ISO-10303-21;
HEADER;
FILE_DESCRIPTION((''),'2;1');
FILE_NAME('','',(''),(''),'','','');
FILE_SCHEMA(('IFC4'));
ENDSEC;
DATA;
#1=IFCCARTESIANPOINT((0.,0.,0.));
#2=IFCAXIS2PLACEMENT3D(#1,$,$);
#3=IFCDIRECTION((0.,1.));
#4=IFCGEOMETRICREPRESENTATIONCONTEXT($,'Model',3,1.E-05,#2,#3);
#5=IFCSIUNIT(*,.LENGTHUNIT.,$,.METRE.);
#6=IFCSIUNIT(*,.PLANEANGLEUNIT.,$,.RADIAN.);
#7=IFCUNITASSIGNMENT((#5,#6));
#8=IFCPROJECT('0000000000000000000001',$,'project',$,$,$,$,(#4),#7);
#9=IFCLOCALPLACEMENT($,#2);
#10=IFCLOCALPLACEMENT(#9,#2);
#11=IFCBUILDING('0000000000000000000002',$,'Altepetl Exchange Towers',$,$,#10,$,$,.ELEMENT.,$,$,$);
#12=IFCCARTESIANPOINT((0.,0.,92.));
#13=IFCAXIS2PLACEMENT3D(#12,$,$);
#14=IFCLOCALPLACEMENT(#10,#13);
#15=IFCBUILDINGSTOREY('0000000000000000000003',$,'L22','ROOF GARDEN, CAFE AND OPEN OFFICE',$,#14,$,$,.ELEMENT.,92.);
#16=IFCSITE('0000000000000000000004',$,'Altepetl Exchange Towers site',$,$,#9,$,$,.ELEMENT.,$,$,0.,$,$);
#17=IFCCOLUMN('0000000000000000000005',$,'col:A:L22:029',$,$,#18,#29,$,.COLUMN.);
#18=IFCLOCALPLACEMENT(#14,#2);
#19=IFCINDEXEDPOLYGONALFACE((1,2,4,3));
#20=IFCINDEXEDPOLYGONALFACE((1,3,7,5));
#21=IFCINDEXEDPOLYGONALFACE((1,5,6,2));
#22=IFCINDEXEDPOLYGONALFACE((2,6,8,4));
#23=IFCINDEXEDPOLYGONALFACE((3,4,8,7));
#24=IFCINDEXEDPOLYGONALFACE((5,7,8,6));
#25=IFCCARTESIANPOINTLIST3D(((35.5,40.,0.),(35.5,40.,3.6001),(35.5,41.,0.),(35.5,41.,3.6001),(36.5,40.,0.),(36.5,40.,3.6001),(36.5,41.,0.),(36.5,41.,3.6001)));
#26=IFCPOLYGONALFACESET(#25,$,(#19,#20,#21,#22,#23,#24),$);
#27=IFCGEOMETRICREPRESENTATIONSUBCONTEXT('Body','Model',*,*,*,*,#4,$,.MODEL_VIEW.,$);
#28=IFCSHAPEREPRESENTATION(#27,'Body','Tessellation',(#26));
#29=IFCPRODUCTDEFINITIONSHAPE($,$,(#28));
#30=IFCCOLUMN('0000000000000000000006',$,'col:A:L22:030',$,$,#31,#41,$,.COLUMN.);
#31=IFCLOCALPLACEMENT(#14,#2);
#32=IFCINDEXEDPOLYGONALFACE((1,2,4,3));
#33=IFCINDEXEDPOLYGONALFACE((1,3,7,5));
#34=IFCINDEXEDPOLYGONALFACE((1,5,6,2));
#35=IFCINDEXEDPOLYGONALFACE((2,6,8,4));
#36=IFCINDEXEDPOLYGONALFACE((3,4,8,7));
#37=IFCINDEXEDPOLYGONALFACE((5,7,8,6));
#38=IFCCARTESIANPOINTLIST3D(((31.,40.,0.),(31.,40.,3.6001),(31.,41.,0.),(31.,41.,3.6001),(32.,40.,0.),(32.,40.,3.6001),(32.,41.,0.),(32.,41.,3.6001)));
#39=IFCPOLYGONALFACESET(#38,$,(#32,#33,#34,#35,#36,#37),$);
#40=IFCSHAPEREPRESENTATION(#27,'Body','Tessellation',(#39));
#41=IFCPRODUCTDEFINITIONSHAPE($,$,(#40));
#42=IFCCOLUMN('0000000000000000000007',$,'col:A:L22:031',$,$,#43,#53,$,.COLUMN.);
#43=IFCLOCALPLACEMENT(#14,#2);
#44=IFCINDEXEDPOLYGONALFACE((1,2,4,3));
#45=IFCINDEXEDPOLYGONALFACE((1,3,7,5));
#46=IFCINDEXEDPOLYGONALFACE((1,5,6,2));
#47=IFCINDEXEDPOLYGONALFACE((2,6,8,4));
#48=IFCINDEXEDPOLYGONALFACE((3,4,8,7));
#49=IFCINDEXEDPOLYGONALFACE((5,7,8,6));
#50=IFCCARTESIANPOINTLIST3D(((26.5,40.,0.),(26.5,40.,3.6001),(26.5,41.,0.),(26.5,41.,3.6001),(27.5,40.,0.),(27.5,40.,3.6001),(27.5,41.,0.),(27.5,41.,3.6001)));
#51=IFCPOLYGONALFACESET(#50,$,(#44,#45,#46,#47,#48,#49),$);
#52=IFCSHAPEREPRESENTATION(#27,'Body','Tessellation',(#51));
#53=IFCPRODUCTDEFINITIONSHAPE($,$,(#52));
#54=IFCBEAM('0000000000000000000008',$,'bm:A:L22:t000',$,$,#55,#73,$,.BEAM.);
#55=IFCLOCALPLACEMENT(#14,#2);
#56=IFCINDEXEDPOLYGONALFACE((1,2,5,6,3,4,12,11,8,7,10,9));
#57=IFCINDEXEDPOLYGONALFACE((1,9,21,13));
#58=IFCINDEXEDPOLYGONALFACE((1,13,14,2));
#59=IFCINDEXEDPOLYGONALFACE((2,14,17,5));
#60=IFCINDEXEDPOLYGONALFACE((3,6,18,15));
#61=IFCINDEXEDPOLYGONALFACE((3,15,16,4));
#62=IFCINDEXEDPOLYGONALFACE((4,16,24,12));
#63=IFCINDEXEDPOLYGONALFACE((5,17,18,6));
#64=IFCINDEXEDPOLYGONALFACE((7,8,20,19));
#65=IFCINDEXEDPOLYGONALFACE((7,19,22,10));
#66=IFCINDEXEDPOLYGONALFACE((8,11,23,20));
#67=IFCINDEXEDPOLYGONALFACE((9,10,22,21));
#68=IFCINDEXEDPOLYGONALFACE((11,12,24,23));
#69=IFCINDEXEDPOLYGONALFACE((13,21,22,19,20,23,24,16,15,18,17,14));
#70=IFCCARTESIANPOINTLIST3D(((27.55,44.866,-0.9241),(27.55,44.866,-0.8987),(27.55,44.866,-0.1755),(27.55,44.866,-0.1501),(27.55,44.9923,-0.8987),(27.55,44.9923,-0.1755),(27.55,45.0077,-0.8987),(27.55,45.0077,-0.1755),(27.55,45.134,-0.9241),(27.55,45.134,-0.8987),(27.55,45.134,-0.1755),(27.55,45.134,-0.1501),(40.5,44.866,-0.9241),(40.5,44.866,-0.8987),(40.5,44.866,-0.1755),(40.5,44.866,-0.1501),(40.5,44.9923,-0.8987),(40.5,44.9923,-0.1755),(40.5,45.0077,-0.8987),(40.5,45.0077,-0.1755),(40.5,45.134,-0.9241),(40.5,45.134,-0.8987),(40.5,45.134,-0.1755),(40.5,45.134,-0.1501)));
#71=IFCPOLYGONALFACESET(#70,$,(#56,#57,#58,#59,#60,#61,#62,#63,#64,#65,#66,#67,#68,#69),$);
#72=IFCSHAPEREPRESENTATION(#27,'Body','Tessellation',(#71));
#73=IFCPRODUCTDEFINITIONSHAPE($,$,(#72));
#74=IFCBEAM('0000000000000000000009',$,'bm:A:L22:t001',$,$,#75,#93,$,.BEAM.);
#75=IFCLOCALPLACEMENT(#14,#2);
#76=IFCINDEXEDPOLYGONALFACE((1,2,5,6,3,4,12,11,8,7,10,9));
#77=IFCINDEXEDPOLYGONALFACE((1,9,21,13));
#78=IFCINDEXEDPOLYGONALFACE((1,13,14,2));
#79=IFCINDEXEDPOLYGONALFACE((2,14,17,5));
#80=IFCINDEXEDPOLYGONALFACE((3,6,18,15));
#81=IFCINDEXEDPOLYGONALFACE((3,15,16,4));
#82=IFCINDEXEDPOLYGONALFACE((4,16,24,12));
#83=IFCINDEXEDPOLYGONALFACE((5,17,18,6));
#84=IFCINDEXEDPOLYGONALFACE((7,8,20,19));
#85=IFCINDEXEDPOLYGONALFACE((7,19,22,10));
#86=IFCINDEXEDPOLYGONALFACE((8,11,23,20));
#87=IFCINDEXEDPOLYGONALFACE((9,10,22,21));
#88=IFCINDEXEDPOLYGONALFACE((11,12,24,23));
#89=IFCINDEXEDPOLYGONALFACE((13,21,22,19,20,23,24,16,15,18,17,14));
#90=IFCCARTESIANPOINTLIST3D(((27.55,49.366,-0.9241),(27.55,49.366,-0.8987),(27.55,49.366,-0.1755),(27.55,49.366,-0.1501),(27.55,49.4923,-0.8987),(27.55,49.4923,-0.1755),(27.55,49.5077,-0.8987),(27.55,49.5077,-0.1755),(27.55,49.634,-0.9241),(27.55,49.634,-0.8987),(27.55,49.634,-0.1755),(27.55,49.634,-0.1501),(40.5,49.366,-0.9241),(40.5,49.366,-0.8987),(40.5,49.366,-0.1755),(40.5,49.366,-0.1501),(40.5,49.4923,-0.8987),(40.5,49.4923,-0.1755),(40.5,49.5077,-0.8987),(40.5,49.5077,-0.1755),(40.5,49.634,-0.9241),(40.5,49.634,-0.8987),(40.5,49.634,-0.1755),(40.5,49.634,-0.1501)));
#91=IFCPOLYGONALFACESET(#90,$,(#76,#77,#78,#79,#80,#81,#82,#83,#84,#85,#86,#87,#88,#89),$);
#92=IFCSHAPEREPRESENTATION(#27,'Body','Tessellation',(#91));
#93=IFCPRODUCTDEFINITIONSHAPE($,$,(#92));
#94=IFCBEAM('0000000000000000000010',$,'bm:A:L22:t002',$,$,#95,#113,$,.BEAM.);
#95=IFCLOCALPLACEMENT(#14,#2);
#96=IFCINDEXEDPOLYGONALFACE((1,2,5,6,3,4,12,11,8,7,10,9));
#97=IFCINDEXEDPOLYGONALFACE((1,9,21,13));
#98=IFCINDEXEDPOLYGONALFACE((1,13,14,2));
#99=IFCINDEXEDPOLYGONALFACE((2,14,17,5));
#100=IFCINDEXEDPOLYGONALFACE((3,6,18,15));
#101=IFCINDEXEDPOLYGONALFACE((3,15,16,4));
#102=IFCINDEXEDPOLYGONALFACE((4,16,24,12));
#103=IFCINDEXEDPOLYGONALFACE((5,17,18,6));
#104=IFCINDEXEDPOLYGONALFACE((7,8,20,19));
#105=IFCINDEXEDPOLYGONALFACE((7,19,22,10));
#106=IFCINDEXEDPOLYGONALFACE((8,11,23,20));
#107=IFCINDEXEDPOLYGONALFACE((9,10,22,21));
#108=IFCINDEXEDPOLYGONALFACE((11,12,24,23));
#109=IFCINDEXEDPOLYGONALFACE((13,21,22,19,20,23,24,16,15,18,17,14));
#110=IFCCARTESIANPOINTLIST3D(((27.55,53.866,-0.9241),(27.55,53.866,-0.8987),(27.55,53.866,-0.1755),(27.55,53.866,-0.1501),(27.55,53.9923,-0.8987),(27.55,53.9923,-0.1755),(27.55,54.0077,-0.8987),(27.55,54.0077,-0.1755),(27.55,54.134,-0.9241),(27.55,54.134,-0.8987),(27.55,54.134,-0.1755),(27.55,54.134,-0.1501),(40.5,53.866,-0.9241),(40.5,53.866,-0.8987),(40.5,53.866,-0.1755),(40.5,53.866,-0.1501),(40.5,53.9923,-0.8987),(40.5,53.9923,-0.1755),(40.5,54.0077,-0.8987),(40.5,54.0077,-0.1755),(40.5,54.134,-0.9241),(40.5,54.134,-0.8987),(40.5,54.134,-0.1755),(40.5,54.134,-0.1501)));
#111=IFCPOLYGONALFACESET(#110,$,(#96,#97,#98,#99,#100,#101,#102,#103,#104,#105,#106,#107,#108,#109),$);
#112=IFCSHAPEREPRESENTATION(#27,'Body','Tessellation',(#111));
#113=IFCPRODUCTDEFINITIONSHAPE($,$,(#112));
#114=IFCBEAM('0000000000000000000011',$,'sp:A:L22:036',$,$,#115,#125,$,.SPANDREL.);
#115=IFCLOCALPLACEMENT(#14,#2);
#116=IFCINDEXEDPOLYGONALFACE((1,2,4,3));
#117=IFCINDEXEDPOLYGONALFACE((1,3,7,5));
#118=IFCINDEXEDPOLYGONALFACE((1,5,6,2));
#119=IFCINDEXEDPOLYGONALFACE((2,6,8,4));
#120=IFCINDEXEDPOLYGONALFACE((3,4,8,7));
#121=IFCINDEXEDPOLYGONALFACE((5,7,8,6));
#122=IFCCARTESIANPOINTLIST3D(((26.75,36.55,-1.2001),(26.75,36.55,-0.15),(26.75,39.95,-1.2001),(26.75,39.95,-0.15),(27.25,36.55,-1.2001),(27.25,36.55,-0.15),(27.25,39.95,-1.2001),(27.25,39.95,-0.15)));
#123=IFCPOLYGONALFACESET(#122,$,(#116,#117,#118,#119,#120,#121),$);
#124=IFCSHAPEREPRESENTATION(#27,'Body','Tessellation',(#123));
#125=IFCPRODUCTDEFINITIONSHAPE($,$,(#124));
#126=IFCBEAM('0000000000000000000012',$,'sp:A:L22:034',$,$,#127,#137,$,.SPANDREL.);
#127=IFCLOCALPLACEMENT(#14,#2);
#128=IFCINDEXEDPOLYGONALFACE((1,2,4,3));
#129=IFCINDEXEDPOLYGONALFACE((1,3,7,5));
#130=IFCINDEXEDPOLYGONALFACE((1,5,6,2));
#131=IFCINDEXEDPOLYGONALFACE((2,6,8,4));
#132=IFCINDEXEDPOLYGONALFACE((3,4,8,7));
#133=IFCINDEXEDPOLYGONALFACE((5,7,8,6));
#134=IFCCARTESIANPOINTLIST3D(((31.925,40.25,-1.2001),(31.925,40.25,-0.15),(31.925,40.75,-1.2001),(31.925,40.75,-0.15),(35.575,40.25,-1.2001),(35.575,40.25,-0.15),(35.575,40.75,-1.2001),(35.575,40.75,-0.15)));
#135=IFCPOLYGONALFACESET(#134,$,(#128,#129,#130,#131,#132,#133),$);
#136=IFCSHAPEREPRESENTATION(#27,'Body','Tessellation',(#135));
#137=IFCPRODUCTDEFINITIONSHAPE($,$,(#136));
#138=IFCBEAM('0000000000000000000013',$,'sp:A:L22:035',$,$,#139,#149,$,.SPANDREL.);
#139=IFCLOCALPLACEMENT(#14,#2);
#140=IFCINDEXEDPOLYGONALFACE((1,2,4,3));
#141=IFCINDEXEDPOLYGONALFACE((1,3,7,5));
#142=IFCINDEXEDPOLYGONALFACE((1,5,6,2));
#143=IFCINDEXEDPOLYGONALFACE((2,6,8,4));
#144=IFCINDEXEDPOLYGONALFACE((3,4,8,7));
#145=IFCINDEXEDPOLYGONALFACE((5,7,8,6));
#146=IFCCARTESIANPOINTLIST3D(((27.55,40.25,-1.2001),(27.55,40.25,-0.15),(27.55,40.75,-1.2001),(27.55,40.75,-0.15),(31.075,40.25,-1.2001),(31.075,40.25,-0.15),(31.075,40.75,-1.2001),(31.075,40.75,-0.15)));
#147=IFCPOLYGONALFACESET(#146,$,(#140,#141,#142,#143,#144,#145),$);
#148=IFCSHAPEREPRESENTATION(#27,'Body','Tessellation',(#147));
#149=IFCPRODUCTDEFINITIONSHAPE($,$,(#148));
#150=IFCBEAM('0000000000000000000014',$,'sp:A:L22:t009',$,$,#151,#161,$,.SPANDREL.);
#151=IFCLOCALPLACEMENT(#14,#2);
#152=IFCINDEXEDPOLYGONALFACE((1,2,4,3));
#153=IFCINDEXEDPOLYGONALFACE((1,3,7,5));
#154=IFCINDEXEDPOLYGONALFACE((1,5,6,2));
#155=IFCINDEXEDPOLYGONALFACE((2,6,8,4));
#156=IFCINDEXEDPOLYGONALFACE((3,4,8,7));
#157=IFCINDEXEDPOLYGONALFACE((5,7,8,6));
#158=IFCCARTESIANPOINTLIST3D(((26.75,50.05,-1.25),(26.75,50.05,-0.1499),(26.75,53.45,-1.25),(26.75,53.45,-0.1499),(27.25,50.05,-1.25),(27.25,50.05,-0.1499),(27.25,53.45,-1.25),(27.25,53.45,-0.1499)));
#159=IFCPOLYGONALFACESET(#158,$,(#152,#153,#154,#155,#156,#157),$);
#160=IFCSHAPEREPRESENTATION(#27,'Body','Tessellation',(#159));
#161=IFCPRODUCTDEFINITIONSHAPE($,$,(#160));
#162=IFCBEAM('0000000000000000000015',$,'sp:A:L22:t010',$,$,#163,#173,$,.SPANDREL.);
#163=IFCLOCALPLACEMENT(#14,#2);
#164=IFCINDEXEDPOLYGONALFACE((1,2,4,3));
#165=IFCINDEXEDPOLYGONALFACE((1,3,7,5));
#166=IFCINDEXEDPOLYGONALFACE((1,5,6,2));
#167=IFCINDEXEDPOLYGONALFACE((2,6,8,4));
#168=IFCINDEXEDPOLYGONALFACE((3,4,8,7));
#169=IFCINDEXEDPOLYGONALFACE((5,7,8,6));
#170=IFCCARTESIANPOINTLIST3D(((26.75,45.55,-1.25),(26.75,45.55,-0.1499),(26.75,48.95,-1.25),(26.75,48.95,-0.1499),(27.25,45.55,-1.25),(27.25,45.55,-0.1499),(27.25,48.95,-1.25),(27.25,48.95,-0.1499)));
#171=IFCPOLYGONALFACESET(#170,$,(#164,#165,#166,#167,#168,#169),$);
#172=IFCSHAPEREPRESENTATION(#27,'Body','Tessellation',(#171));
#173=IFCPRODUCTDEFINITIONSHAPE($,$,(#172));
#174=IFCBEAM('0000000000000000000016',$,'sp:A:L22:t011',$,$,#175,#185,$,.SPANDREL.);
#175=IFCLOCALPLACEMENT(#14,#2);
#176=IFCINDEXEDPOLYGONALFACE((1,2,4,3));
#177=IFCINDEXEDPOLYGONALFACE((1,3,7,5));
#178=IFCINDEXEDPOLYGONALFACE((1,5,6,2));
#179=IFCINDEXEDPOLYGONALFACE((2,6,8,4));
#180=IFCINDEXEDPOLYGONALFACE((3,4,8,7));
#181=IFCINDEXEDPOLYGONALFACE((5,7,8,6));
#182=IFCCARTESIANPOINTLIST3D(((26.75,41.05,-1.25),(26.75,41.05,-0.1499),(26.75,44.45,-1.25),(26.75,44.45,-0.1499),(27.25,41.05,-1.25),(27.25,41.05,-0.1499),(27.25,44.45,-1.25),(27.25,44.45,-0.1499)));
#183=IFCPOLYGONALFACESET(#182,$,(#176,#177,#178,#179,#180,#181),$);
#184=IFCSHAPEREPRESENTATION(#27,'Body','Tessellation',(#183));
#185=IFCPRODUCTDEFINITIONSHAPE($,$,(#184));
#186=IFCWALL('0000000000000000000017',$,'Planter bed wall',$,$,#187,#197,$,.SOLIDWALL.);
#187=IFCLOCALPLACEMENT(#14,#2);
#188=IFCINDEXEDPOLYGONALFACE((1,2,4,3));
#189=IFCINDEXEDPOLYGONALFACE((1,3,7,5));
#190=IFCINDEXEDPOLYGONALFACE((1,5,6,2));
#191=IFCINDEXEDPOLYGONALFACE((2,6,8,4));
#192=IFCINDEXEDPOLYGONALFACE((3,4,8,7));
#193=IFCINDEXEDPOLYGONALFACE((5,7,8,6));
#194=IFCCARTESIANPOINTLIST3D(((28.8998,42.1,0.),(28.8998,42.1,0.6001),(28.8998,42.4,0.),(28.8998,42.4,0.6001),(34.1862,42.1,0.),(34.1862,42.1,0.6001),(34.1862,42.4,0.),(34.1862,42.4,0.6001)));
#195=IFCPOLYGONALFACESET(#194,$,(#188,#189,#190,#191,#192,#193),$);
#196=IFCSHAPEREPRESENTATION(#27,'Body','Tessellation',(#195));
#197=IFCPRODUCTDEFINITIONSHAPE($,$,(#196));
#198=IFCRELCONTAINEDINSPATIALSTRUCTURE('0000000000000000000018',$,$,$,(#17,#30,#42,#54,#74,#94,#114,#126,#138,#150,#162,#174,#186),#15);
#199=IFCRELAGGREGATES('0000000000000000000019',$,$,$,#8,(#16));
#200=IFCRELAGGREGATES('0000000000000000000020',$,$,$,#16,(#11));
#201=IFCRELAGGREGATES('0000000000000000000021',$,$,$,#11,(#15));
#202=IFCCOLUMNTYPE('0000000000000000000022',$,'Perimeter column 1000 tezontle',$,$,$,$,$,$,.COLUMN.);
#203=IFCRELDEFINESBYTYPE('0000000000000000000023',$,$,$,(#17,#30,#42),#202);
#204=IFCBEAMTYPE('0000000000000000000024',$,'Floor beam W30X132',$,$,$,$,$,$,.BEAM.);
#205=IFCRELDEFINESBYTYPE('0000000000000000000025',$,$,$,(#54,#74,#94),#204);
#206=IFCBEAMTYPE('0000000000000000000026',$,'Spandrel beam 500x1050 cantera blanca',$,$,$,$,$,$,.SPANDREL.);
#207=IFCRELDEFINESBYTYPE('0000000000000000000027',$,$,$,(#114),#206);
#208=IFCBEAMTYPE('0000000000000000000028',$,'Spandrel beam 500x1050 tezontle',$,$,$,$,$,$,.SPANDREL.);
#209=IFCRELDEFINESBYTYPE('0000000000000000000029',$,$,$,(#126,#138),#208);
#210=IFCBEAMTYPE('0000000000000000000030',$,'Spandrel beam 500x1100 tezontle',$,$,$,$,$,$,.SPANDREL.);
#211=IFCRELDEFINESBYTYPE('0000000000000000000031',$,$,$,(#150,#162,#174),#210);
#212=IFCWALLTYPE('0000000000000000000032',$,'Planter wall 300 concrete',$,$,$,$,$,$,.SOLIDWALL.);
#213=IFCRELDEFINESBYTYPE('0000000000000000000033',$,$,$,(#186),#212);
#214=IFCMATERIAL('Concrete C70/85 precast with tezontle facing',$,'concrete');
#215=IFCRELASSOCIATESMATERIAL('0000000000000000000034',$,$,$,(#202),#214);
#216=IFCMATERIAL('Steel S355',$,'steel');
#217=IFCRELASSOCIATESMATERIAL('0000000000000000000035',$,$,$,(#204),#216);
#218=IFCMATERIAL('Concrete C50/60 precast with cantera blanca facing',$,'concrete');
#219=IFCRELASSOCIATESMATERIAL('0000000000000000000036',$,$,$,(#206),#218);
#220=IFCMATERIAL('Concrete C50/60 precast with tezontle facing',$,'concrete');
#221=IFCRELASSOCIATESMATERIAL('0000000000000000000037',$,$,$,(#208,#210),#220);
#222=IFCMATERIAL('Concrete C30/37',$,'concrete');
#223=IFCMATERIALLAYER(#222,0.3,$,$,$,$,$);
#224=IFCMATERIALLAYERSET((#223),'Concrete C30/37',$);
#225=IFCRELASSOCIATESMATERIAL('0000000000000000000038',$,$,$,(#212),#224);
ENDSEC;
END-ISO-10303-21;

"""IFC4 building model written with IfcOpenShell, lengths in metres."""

from ifc_helpers import new_model, si_unit, direction, frame, frame_2d, origin, origin_2d, place, context, subcontext, project, spatial, rectangle, i_section, extrude, material, layer, layer_set, material_profile, profile_set, type_object, element, save


model = new_model("IFC4")

# Units and contexts
model_context = context("Model", 3, precision=1e-05, world=origin(), true_north=direction((0.0, 1.0)))
body_context = subcontext(model_context, "Body", "Model", "MODEL_VIEW")
ifc_project = project(units=[si_unit("LENGTHUNIT", "METRE"), si_unit("PLANEANGLEUNIT", "RADIAN")], contexts=[model_context])

# Site, building, storey
site_placement = place(None, origin())
site = spatial("IfcSite", under=ifc_project, at=site_placement, Name="Altepetl Exchange Towers site", CompositionType="ELEMENT", RefElevation=0.0)
building_placement = place(site_placement, origin())
building = spatial("IfcBuilding", under=site, at=building_placement, Name="Altepetl Exchange Towers", CompositionType="ELEMENT")
storey_placement = place(building_placement, frame((0.0, 0.0, 92.0)))
storey = spatial("IfcBuildingStorey", under=building, at=storey_placement, Name="L22", Description="ROOF GARDEN, CAFE AND OPEN OFFICE", CompositionType="ELEMENT", Elevation=92.0)

# Columns
ifc_material_1 = material(Name="Concrete C70/85 precast with tezontle facing", Category="concrete")
ifc_material_profile_1 = material_profile(ifc_material_1, rectangle(XDim=1.0, YDim=1.0, at=origin_2d()), Name="1000 x 1000")
ifc_profile_set_1 = profile_set([ifc_material_profile_1], Name="Concrete C70/85 precast with tezontle facing")
column_type = type_object("IfcColumnType", Name="Perimeter column 1000 tezontle", PredefinedType="COLUMN", material=ifc_profile_set_1)
for number, where, name in (
    (1, (36.0, 40.5, 0.0), "col:A:L22:029"),
    (2, (31.5, 40.5, 0.0), "col:A:L22:030"),
    (3, (27.0, 40.5, 0.0), "col:A:L22:031"),
):
    element("IfcColumn", number, at=place(storey_placement, frame(where)), inside=storey, type_object=column_type, Name=name, PredefinedType="COLUMN", context=body_context, shape_type="SweptSolid", body=[
        extrude(rectangle(XDim=1.0, YDim=1.0, at=origin_2d()), origin(), (0.0, 0.0, 1.0), 3.6001),
    ])

# Beams
ifc_material_2 = material(Name="Steel S355", Category="steel")
ifc_material_profile_2 = material_profile(ifc_material_2, i_section(OverallWidth=0.2681, OverallDepth=0.7739, WebThickness=0.0154, FlangeThickness=0.0254, at=origin_2d()), Name="W30X132")
ifc_profile_set_2 = profile_set([ifc_material_profile_2], Name="Steel S355")
beam_type_1 = type_object("IfcBeamType", Name="Floor beam W30X132", PredefinedType="BEAM", material=ifc_profile_set_2)
for number, where, z_axis, x_axis, name in (
    (4, (27.55, 45.0, -0.5371), (1.0, 0.0, 0.0), (0.0, 1.0, 0.0), "bm:A:L22:t000"),
    (5, (27.55, 49.5, -0.5371), (1.0, 0.0, 0.0), (0.0, 1.0, 0.0), "bm:A:L22:t001"),
    (6, (27.55, 54.0, -0.5371), (1.0, 0.0, 0.0), (0.0, 1.0, 0.0), "bm:A:L22:t002"),
):
    element("IfcBeam", number, at=place(storey_placement, frame(where, z_axis=z_axis, x_axis=x_axis)), inside=storey, type_object=beam_type_1, Name=name, PredefinedType="BEAM", context=body_context, shape_type="SweptSolid", body=[
        extrude(i_section(OverallWidth=0.2681, OverallDepth=0.7739, WebThickness=0.0154, FlangeThickness=0.0254, at=origin_2d()), origin(), (0.0, 0.0, 1.0), 12.95),
    ])
ifc_material_3 = material(Name="Concrete C50/60 precast with cantera blanca facing", Category="concrete")
ifc_material_profile_3 = material_profile(ifc_material_3, rectangle(XDim=0.5, YDim=1.05, at=origin_2d()), Name="500 x 1050")
ifc_profile_set_3 = profile_set([ifc_material_profile_3], Name="Concrete C50/60 precast with cantera blanca facing")
beam_type_2 = type_object("IfcBeamType", Name="Spandrel beam 500x1050 cantera blanca", PredefinedType="SPANDREL", material=ifc_profile_set_3)
beam_1_placement = place(storey_placement, frame((27.0, 39.95, -0.675), z_axis=(0.0, -1.0, 0.0), x_axis=(1.0, 0.0, 0.0)))
element("IfcBeam", 7, at=beam_1_placement, inside=storey, type_object=beam_type_2, Name="sp:A:L22:036", PredefinedType="SPANDREL", context=body_context, shape_type="SweptSolid", body=[
    extrude(rectangle(XDim=0.5, YDim=1.05, at=origin_2d()), origin(), (0.0, 0.0, 1.0), 3.3999),
])
ifc_material_4 = material(Name="Concrete C50/60 precast with tezontle facing", Category="concrete")
ifc_material_profile_4 = material_profile(ifc_material_4, rectangle(XDim=0.5, YDim=1.05, at=origin_2d()), Name="500 x 1050")
ifc_profile_set_4 = profile_set([ifc_material_profile_4], Name="Concrete C50/60 precast with tezontle facing")
beam_type_3 = type_object("IfcBeamType", Name="Spandrel beam 500x1050 tezontle", PredefinedType="SPANDREL", material=ifc_profile_set_4)
beam_2_placement = place(storey_placement, frame((35.575, 40.5, -0.675), z_axis=(-1.0, 0.0, 0.0), x_axis=(0.0, -1.0, 0.0)))
element("IfcBeam", 8, at=beam_2_placement, inside=storey, type_object=beam_type_3, Name="sp:A:L22:034", PredefinedType="SPANDREL", context=body_context, shape_type="SweptSolid", body=[
    extrude(rectangle(XDim=0.5, YDim=1.05, at=origin_2d()), origin(), (0.0, 0.0, 1.0), 3.6499),
])
beam_3_placement = place(storey_placement, frame((31.075, 40.5, -0.675), z_axis=(-1.0, 0.0, 0.0), x_axis=(0.0, -1.0, 0.0)))
element("IfcBeam", 9, at=beam_3_placement, inside=storey, type_object=beam_type_3, Name="sp:A:L22:035", PredefinedType="SPANDREL", context=body_context, shape_type="SweptSolid", body=[
    extrude(rectangle(XDim=0.5, YDim=1.05, at=origin_2d()), origin(), (0.0, 0.0, 1.0), 3.5249),
])
ifc_material_profile_5 = material_profile(ifc_material_4, rectangle(XDim=0.5, YDim=1.1001, at=origin_2d()), Name="500 x 1100")
ifc_profile_set_5 = profile_set([ifc_material_profile_5], Name="Concrete C50/60 precast with tezontle facing")
beam_type_4 = type_object("IfcBeamType", Name="Spandrel beam 500x1100 tezontle", PredefinedType="SPANDREL", material=ifc_profile_set_5)
for number, where, z_axis, x_axis, name in (
    (10, (27.0, 53.45, -0.7), (0.0, -1.0, 0.0), (1.0, 0.0, 0.0), "sp:A:L22:t009"),
    (11, (27.0, 48.95, -0.7), (0.0, -1.0, 0.0), (1.0, 0.0, 0.0), "sp:A:L22:t010"),
    (12, (27.0, 44.45, -0.7), (0.0, -1.0, 0.0), (1.0, 0.0, 0.0), "sp:A:L22:t011"),
):
    element("IfcBeam", number, at=place(storey_placement, frame(where, z_axis=z_axis, x_axis=x_axis)), inside=storey, type_object=beam_type_4, Name=name, PredefinedType="SPANDREL", context=body_context, shape_type="SweptSolid", body=[
        extrude(rectangle(XDim=0.5, YDim=1.1001, at=origin_2d()), origin(), (0.0, 0.0, 1.0), 3.3999),
    ])

# Wall
ifc_material_5 = material(Name="Concrete C30/37", Category="concrete")
ifc_layer = layer(ifc_material_5, 0.3)
ifc_layer_set = layer_set([ifc_layer], Name="Concrete C30/37")
wall_type = type_object("IfcWallType", Name="Planter wall 300 concrete", PredefinedType="SOLIDWALL", material=ifc_layer_set)
wall_1_placement = place(storey_placement, frame((28.8999, 42.25, 0.0)))
element("IfcWall", 13, at=wall_1_placement, inside=storey, type_object=wall_type, Name="Planter bed wall", PredefinedType="SOLIDWALL", context=body_context, shape_type="SweptSolid", body=[
    extrude(rectangle(XDim=5.2864, YDim=0.3, at=frame_2d((2.6431, 0.0))), origin(), (0.0, 0.0, 1.0), 0.6001),
])

save(model, "model.ifc")
